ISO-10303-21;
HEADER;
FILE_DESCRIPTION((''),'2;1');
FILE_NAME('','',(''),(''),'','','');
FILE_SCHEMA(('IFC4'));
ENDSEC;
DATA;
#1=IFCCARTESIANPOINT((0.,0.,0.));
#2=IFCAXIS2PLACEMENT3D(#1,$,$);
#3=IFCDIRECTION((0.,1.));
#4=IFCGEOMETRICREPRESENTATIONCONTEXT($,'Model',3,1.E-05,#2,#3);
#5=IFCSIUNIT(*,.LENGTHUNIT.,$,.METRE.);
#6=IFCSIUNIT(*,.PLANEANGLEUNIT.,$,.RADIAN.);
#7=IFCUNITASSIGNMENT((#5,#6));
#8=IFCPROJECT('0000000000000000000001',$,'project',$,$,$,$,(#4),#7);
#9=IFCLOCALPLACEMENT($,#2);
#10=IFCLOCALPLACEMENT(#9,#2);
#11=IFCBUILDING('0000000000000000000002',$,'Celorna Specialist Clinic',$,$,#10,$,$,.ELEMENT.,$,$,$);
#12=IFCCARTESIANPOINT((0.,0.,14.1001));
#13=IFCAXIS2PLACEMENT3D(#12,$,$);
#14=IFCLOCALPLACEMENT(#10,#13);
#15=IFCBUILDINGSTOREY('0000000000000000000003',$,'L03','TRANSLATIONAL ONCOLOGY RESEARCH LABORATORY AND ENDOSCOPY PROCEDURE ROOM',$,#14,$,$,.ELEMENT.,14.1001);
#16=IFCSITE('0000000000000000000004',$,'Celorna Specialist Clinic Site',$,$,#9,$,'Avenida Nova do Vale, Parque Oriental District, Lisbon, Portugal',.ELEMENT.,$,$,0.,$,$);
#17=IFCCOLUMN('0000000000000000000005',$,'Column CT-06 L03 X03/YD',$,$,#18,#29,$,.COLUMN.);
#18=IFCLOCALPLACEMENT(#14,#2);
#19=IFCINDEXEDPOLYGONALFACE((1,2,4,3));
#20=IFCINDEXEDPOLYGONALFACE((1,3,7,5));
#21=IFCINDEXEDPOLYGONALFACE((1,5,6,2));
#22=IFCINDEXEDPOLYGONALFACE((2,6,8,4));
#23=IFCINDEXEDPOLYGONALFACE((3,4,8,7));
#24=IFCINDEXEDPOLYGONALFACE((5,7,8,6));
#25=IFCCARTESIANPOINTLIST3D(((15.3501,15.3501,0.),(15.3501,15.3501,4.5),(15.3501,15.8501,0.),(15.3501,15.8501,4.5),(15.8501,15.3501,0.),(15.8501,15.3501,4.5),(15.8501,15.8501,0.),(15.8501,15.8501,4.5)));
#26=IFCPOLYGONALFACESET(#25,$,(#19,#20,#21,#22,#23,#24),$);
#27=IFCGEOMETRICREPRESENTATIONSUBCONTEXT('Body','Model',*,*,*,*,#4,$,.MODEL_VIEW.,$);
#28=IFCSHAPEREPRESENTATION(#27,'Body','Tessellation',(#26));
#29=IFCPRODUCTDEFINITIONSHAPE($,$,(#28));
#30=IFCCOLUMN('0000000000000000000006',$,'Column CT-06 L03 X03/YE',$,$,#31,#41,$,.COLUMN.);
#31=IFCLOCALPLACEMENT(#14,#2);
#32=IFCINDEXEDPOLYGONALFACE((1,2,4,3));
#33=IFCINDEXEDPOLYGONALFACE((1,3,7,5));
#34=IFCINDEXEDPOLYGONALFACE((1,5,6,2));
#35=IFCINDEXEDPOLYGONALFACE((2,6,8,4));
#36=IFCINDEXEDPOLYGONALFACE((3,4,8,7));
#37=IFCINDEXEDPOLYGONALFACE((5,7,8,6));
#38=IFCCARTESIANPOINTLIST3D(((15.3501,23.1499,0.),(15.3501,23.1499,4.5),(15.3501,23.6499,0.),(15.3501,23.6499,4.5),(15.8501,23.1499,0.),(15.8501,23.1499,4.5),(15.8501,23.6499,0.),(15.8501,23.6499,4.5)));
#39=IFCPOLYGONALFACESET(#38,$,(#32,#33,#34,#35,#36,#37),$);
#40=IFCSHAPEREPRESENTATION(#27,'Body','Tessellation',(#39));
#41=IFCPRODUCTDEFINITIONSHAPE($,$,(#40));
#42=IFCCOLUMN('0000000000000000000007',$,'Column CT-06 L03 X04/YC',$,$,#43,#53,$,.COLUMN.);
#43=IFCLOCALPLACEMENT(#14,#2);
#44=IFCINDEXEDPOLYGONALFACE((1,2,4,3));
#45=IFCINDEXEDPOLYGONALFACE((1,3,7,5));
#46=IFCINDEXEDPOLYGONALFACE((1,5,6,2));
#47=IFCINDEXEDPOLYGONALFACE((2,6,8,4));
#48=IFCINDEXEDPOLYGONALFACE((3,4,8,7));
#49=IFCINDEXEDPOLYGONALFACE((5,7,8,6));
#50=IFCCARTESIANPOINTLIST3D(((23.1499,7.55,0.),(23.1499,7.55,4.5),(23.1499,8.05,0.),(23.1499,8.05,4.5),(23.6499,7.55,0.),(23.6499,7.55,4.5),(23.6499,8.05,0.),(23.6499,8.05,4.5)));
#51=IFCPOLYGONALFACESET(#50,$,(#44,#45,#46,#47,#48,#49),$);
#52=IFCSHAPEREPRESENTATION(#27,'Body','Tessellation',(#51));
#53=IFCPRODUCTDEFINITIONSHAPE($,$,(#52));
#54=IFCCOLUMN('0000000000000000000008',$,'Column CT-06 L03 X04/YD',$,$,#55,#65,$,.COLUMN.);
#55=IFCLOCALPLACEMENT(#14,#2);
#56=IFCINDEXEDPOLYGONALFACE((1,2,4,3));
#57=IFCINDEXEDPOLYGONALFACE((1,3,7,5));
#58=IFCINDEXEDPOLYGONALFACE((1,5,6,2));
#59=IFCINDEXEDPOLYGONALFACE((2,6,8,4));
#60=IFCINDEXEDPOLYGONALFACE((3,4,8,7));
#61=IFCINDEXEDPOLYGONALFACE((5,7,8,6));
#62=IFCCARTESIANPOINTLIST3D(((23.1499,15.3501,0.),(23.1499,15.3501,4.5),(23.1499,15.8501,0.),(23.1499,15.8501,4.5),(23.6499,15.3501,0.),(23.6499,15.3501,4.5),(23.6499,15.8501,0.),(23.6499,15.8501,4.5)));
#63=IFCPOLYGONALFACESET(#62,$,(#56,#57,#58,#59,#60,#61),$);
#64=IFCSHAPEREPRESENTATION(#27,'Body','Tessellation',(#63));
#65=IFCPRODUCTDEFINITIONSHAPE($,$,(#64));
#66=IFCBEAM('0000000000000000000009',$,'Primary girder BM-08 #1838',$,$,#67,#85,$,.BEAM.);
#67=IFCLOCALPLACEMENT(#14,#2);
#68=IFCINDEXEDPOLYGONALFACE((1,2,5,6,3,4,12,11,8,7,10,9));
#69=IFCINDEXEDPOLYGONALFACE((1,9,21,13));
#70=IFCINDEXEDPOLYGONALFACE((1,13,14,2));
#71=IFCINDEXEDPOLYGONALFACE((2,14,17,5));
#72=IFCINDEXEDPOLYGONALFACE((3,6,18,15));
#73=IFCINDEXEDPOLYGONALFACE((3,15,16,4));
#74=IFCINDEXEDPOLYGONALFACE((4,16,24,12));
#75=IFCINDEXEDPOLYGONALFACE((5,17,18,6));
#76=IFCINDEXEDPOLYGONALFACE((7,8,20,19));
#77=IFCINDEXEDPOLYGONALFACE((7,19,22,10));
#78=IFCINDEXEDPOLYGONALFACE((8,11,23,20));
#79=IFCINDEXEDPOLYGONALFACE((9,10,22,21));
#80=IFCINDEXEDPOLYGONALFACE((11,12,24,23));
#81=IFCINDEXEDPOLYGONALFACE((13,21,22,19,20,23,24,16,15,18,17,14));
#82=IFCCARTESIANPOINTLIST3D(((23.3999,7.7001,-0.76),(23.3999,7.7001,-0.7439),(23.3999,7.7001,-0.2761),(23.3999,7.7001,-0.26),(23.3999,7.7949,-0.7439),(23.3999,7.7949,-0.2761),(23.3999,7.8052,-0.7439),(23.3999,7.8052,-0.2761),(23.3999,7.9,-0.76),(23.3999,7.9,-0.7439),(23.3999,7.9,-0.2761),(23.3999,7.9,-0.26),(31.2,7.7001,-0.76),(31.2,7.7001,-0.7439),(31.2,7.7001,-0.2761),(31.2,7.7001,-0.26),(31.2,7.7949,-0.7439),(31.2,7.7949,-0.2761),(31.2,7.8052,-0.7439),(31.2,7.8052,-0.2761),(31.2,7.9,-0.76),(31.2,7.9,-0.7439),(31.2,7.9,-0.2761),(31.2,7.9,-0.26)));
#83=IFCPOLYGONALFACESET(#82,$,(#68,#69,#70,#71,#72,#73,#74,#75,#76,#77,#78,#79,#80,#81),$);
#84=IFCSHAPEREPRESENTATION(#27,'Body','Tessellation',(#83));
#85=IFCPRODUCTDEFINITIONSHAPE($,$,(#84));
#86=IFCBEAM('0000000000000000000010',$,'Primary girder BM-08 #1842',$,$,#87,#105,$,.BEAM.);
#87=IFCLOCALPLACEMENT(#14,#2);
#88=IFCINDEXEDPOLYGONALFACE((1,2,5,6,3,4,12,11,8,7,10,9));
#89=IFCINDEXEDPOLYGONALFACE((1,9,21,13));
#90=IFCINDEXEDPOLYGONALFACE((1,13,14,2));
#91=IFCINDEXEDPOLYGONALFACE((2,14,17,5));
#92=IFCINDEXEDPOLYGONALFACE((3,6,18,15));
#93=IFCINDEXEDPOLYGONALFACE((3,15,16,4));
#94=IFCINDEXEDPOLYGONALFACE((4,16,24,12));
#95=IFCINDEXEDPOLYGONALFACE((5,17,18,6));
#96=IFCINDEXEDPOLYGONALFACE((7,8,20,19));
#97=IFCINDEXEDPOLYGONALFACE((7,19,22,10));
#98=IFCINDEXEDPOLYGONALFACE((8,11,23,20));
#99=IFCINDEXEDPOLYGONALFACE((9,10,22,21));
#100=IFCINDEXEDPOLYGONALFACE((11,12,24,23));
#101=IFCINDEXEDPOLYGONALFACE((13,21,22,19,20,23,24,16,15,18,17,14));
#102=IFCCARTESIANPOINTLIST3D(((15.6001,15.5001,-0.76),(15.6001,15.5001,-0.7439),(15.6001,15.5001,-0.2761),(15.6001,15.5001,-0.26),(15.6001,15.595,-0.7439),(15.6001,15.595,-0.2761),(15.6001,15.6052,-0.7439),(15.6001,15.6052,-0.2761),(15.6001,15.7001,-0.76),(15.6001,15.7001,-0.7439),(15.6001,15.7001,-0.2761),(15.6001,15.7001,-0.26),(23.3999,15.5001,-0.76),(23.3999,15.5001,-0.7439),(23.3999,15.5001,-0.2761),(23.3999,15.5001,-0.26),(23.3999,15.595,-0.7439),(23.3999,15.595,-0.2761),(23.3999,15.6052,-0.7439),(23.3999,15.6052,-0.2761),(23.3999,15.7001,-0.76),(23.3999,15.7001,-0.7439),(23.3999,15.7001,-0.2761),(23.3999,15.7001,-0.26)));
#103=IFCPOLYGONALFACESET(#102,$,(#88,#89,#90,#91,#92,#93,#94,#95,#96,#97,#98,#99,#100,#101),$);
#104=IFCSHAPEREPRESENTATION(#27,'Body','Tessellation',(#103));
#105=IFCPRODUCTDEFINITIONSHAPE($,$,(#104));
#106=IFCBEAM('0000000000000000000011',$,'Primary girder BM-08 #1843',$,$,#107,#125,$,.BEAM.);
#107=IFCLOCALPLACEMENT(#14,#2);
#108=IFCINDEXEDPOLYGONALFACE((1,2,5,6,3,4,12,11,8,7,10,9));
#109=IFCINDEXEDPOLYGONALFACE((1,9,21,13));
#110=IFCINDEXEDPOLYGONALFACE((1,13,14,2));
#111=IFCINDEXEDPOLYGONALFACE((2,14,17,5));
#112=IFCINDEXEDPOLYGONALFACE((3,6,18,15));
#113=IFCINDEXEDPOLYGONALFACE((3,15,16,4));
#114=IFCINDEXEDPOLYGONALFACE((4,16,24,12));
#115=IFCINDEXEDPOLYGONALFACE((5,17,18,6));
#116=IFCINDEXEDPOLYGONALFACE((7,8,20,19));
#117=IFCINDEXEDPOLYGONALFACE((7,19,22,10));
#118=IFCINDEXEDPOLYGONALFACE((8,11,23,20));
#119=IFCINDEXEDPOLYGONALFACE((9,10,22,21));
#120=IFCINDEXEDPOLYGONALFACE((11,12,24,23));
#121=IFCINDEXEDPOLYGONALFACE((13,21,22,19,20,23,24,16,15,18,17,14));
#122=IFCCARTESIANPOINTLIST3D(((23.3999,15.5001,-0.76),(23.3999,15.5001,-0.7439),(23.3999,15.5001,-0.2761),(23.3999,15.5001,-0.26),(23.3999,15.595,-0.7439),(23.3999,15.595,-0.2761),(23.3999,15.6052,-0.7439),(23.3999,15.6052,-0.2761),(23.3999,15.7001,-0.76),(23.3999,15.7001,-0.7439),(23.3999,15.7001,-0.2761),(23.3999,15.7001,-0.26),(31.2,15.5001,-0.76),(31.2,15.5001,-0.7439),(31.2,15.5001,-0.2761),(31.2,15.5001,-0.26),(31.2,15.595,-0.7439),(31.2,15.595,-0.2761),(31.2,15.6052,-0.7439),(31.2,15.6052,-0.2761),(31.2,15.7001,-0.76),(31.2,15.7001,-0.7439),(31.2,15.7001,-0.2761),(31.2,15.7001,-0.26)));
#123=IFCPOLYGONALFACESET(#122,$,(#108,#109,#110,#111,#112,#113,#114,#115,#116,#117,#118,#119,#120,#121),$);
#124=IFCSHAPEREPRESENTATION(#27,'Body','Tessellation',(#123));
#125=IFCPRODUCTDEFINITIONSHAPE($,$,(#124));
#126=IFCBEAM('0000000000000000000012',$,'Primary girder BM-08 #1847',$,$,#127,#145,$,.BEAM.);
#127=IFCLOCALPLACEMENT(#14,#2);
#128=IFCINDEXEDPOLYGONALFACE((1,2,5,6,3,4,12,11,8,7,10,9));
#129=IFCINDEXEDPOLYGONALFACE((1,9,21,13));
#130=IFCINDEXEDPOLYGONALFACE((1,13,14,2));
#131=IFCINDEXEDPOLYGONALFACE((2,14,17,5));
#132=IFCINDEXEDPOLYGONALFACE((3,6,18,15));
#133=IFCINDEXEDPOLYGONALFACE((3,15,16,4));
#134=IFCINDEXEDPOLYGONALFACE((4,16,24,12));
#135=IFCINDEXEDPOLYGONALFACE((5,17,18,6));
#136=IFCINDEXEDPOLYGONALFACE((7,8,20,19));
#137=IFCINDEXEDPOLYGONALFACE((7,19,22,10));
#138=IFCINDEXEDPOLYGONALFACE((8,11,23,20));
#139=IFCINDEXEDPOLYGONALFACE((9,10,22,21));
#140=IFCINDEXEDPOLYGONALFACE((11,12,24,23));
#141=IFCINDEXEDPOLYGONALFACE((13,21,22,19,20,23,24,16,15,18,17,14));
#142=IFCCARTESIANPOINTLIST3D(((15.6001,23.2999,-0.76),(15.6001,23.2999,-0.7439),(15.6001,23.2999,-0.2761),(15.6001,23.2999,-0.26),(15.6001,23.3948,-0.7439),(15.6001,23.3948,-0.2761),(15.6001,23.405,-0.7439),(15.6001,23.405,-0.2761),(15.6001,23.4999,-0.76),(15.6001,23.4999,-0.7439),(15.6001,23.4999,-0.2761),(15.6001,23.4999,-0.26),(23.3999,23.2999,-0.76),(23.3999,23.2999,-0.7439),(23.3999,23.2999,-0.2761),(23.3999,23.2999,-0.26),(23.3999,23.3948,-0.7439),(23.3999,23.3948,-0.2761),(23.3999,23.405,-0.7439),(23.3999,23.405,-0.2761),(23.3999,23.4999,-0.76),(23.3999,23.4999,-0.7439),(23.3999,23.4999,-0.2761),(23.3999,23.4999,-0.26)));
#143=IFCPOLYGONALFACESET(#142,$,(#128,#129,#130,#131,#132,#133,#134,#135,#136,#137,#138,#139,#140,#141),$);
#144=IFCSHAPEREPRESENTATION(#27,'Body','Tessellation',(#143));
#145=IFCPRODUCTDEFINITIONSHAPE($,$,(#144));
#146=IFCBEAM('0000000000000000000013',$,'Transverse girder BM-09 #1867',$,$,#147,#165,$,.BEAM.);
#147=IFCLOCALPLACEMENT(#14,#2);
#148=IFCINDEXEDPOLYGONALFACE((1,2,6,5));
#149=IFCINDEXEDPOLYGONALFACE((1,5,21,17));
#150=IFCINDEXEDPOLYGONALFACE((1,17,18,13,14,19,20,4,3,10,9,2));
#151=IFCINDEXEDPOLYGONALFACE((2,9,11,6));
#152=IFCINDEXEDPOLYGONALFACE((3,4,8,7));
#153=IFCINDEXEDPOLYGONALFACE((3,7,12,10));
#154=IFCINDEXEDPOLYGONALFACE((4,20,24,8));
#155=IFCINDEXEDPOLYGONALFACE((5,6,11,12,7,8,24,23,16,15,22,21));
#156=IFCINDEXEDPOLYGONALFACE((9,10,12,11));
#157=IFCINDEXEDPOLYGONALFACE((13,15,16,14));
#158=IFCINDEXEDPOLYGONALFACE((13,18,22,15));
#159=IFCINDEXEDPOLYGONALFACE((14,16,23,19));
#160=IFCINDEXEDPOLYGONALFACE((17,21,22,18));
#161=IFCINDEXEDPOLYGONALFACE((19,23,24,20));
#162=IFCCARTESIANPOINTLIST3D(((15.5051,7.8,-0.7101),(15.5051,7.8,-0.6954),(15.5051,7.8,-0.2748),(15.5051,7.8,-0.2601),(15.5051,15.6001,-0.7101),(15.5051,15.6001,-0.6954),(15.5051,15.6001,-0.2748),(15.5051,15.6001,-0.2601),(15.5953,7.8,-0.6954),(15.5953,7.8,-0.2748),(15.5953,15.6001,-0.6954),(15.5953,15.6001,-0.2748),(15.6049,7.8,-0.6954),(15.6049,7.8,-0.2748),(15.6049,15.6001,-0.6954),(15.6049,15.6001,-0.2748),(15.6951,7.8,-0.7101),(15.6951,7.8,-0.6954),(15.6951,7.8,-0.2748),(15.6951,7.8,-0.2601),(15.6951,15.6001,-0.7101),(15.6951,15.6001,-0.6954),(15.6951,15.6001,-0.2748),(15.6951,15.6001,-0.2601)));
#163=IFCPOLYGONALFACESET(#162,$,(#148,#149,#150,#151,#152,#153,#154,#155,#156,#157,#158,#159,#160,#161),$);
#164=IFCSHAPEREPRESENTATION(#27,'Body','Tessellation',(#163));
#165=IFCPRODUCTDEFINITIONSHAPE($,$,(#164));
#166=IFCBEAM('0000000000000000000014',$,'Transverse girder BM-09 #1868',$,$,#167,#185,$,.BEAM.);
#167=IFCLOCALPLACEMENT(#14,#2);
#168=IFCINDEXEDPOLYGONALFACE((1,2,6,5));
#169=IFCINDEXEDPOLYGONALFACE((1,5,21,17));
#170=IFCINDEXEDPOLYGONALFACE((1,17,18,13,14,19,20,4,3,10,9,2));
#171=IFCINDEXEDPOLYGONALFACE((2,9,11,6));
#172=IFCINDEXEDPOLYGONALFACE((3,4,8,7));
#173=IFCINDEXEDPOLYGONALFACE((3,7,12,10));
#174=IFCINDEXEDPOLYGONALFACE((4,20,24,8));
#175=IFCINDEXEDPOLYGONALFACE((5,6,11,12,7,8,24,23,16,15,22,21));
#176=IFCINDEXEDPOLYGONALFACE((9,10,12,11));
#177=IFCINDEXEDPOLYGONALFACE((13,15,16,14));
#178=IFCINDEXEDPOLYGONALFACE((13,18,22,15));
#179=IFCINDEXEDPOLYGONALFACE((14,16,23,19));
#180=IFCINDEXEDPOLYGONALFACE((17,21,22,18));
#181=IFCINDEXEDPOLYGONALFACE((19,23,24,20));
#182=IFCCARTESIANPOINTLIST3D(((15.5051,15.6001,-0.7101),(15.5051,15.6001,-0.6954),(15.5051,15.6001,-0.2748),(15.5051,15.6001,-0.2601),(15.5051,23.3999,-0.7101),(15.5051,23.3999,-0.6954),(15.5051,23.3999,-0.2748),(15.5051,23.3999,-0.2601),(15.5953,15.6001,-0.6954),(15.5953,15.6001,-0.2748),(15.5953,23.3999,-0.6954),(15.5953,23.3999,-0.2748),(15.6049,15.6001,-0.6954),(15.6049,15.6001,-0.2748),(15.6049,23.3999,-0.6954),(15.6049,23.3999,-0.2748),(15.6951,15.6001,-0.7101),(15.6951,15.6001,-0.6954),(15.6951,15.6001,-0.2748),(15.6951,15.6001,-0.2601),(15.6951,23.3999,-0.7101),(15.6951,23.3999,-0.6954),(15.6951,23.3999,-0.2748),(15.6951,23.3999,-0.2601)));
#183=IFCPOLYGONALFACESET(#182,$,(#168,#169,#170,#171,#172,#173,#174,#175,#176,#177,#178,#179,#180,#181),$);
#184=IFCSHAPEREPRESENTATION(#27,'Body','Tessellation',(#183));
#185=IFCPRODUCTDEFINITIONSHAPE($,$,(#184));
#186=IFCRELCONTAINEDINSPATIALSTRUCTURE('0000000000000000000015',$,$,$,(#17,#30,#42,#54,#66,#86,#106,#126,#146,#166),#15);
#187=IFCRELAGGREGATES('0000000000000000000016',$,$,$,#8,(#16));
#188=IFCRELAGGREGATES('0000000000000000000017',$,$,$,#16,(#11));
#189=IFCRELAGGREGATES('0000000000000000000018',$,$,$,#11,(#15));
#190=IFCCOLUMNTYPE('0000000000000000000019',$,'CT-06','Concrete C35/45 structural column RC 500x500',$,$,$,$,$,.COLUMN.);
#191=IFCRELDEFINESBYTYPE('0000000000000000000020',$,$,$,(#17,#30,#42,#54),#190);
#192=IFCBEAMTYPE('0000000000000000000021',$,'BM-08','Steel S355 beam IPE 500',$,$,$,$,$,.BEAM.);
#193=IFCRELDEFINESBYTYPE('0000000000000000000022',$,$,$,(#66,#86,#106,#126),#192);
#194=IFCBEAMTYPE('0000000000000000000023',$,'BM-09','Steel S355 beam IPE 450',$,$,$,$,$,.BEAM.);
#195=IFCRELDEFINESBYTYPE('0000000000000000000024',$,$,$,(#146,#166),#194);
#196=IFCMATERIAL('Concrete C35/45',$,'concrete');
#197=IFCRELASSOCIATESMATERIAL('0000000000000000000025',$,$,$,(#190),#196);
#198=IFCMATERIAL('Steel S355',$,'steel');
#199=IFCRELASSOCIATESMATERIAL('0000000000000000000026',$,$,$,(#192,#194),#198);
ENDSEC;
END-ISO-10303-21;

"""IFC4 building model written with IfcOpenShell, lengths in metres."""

from ifc_helpers import new_model, si_unit, direction, frame, origin, origin_2d, place, context, subcontext, project, spatial, rectangle, i_section, extrude, material, material_profile, profile_set, type_object, element, save


model = new_model("IFC4")

# Units and contexts
model_context = context("Model", 3, precision=1e-05, world=origin(), true_north=direction((0.0, 1.0)))
body_context = subcontext(model_context, "Body", "Model", "MODEL_VIEW")
ifc_project = project(units=[si_unit("LENGTHUNIT", "METRE"), si_unit("PLANEANGLEUNIT", "RADIAN")], contexts=[model_context])

# Site, building, storey
site_placement = place(None, origin())
site = spatial("IfcSite", under=ifc_project, at=site_placement, Name="Celorna Specialist Clinic Site", LongName="Avenida Nova do Vale, Parque Oriental District, Lisbon, Portugal", CompositionType="ELEMENT", RefElevation=0.0)
building_placement = place(site_placement, origin())
building = spatial("IfcBuilding", under=site, at=building_placement, Name="Celorna Specialist Clinic", CompositionType="ELEMENT")
storey_placement = place(building_placement, frame((0.0, 0.0, 14.1001)))
storey = spatial("IfcBuildingStorey", under=building, at=storey_placement, Name="L03", Description="TRANSLATIONAL ONCOLOGY RESEARCH LABORATORY AND ENDOSCOPY PROCEDURE ROOM", CompositionType="ELEMENT", Elevation=14.1001)

# Columns
ifc_material_1 = material(Name="Concrete C35/45", Category="concrete")
ifc_material_profile_1 = material_profile(ifc_material_1, rectangle(XDim=0.5, YDim=0.5, at=origin_2d()), Name="RC 500x500")
ifc_profile_set_1 = profile_set([ifc_material_profile_1], Name="Concrete C35/45")
column_type = type_object("IfcColumnType", Name="CT-06", Description="Concrete C35/45 structural column RC 500x500", PredefinedType="COLUMN", material=ifc_profile_set_1)
for number, where, z_axis, x_axis, name in (
    (1, (15.6001, 15.6001, 0.0), (0.0, 0.0, 1.0), (1.0, 0.0, 0.0), "Column CT-06 L03 X03/YD"),
    (2, (15.6001, 23.3999, 0.0), (0.0, 0.0, 1.0), (1.0, 0.0, 0.0), "Column CT-06 L03 X03/YE"),
    (3, (23.3999, 7.8, 0.0), (0.0, 0.0, 1.0), (1.0, 0.0, 0.0), "Column CT-06 L03 X04/YC"),
    (4, (23.3999, 15.6001, 0.0), (0.0, 0.0, 1.0), (1.0, 0.0, 0.0), "Column CT-06 L03 X04/YD"),
):
    element("IfcColumn", number, at=place(storey_placement, frame(where, z_axis=z_axis, x_axis=x_axis)), inside=storey, type_object=column_type, Name=name, PredefinedType="COLUMN", context=body_context, shape_type="SweptSolid", body=[
        extrude(rectangle(XDim=0.5, YDim=0.5, at=origin_2d()), origin(), (0.0, 0.0, 1.0), 4.5),
    ])

# Beams
ifc_material_2 = material(Name="Steel S355", Category="steel")
ifc_material_profile_2 = material_profile(ifc_material_2, i_section(OverallWidth=0.2, OverallDepth=0.5, WebThickness=0.0103, FlangeThickness=0.0161, at=origin_2d()), Name="IPE 500")
ifc_profile_set_2 = profile_set([ifc_material_profile_2], Name="Steel S355")
beam_type_1 = type_object("IfcBeamType", Name="BM-08", Description="Steel S355 beam IPE 500", PredefinedType="BEAM", material=ifc_profile_set_2)
beam_1_placement = place(storey_placement, frame((23.3999, 7.8, -0.51), z_axis=(1.0, 0.0, 0.0), x_axis=(0.0, 1.0, 0.0)))
element("IfcBeam", 5, at=beam_1_placement, inside=storey, type_object=beam_type_1, Name="Primary girder BM-08 #1838", PredefinedType="BEAM", context=body_context, shape_type="SweptSolid", body=[
    extrude(i_section(OverallWidth=0.2, OverallDepth=0.5, WebThickness=0.0103, FlangeThickness=0.0161, at=origin_2d()), origin(), (0.0, 0.0, 1.0), 7.8),
])
beam_2_placement = place(storey_placement, frame((15.6001, 15.6001, -0.51), z_axis=(1.0, 0.0, 0.0), x_axis=(0.0, 1.0, 0.0)))
element("IfcBeam", 6, at=beam_2_placement, inside=storey, type_object=beam_type_1, Name="Primary girder BM-08 #1842", PredefinedType="BEAM", context=body_context, shape_type="SweptSolid", body=[
    extrude(i_section(OverallWidth=0.2, OverallDepth=0.5, WebThickness=0.0103, FlangeThickness=0.0161, at=origin_2d()), origin(), (0.0, 0.0, 1.0), 7.7998),
])
beam_3_placement = place(storey_placement, frame((23.3999, 15.6001, -0.51), z_axis=(1.0, 0.0, 0.0), x_axis=(0.0, 1.0, 0.0)))
element("IfcBeam", 7, at=beam_3_placement, inside=storey, type_object=beam_type_1, Name="Primary girder BM-08 #1843", PredefinedType="BEAM", context=body_context, shape_type="SweptSolid", body=[
    extrude(i_section(OverallWidth=0.2, OverallDepth=0.5, WebThickness=0.0103, FlangeThickness=0.0161, at=origin_2d()), origin(), (0.0, 0.0, 1.0), 7.8),
])
beam_4_placement = place(storey_placement, frame((15.6001, 23.3999, -0.51), z_axis=(1.0, 0.0, 0.0), x_axis=(0.0, 1.0, 0.0)))
element("IfcBeam", 8, at=beam_4_placement, inside=storey, type_object=beam_type_1, Name="Primary girder BM-08 #1847", PredefinedType="BEAM", context=body_context, shape_type="SweptSolid", body=[
    extrude(i_section(OverallWidth=0.2, OverallDepth=0.5, WebThickness=0.0103, FlangeThickness=0.0161, at=origin_2d()), origin(), (0.0, 0.0, 1.0), 7.7998),
])
ifc_material_profile_3 = material_profile(ifc_material_2, i_section(OverallWidth=0.1899, OverallDepth=0.45, WebThickness=0.0095, FlangeThickness=0.0146, at=origin_2d()), Name="IPE 450")
ifc_profile_set_3 = profile_set([ifc_material_profile_3], Name="Steel S355")
beam_type_2 = type_object("IfcBeamType", Name="BM-09", Description="Steel S355 beam IPE 450", PredefinedType="BEAM", material=ifc_profile_set_3)
beam_5_placement = place(storey_placement, frame((15.6001, 7.8, -0.4851), z_axis=(0.0, 1.0, 0.0), x_axis=(-1.0, 0.0, 0.0)))
element("IfcBeam", 9, at=beam_5_placement, inside=storey, type_object=beam_type_2, Name="Transverse girder BM-09 #1867", PredefinedType="BEAM", context=body_context, shape_type="SweptSolid", body=[
    extrude(i_section(OverallWidth=0.1899, OverallDepth=0.45, WebThickness=0.0095, FlangeThickness=0.0146, at=origin_2d()), origin(), (0.0, 0.0, 1.0), 7.8),
])
beam_6_placement = place(storey_placement, frame((15.6001, 15.6001, -0.4851), z_axis=(0.0, 1.0, 0.0), x_axis=(-1.0, 0.0, 0.0)))
element("IfcBeam", 10, at=beam_6_placement, inside=storey, type_object=beam_type_2, Name="Transverse girder BM-09 #1868", PredefinedType="BEAM", context=body_context, shape_type="SweptSolid", body=[
    extrude(i_section(OverallWidth=0.1899, OverallDepth=0.45, WebThickness=0.0095, FlangeThickness=0.0146, at=origin_2d()), origin(), (0.0, 0.0, 1.0), 7.7998),
])

save(model, "model.ifc")
